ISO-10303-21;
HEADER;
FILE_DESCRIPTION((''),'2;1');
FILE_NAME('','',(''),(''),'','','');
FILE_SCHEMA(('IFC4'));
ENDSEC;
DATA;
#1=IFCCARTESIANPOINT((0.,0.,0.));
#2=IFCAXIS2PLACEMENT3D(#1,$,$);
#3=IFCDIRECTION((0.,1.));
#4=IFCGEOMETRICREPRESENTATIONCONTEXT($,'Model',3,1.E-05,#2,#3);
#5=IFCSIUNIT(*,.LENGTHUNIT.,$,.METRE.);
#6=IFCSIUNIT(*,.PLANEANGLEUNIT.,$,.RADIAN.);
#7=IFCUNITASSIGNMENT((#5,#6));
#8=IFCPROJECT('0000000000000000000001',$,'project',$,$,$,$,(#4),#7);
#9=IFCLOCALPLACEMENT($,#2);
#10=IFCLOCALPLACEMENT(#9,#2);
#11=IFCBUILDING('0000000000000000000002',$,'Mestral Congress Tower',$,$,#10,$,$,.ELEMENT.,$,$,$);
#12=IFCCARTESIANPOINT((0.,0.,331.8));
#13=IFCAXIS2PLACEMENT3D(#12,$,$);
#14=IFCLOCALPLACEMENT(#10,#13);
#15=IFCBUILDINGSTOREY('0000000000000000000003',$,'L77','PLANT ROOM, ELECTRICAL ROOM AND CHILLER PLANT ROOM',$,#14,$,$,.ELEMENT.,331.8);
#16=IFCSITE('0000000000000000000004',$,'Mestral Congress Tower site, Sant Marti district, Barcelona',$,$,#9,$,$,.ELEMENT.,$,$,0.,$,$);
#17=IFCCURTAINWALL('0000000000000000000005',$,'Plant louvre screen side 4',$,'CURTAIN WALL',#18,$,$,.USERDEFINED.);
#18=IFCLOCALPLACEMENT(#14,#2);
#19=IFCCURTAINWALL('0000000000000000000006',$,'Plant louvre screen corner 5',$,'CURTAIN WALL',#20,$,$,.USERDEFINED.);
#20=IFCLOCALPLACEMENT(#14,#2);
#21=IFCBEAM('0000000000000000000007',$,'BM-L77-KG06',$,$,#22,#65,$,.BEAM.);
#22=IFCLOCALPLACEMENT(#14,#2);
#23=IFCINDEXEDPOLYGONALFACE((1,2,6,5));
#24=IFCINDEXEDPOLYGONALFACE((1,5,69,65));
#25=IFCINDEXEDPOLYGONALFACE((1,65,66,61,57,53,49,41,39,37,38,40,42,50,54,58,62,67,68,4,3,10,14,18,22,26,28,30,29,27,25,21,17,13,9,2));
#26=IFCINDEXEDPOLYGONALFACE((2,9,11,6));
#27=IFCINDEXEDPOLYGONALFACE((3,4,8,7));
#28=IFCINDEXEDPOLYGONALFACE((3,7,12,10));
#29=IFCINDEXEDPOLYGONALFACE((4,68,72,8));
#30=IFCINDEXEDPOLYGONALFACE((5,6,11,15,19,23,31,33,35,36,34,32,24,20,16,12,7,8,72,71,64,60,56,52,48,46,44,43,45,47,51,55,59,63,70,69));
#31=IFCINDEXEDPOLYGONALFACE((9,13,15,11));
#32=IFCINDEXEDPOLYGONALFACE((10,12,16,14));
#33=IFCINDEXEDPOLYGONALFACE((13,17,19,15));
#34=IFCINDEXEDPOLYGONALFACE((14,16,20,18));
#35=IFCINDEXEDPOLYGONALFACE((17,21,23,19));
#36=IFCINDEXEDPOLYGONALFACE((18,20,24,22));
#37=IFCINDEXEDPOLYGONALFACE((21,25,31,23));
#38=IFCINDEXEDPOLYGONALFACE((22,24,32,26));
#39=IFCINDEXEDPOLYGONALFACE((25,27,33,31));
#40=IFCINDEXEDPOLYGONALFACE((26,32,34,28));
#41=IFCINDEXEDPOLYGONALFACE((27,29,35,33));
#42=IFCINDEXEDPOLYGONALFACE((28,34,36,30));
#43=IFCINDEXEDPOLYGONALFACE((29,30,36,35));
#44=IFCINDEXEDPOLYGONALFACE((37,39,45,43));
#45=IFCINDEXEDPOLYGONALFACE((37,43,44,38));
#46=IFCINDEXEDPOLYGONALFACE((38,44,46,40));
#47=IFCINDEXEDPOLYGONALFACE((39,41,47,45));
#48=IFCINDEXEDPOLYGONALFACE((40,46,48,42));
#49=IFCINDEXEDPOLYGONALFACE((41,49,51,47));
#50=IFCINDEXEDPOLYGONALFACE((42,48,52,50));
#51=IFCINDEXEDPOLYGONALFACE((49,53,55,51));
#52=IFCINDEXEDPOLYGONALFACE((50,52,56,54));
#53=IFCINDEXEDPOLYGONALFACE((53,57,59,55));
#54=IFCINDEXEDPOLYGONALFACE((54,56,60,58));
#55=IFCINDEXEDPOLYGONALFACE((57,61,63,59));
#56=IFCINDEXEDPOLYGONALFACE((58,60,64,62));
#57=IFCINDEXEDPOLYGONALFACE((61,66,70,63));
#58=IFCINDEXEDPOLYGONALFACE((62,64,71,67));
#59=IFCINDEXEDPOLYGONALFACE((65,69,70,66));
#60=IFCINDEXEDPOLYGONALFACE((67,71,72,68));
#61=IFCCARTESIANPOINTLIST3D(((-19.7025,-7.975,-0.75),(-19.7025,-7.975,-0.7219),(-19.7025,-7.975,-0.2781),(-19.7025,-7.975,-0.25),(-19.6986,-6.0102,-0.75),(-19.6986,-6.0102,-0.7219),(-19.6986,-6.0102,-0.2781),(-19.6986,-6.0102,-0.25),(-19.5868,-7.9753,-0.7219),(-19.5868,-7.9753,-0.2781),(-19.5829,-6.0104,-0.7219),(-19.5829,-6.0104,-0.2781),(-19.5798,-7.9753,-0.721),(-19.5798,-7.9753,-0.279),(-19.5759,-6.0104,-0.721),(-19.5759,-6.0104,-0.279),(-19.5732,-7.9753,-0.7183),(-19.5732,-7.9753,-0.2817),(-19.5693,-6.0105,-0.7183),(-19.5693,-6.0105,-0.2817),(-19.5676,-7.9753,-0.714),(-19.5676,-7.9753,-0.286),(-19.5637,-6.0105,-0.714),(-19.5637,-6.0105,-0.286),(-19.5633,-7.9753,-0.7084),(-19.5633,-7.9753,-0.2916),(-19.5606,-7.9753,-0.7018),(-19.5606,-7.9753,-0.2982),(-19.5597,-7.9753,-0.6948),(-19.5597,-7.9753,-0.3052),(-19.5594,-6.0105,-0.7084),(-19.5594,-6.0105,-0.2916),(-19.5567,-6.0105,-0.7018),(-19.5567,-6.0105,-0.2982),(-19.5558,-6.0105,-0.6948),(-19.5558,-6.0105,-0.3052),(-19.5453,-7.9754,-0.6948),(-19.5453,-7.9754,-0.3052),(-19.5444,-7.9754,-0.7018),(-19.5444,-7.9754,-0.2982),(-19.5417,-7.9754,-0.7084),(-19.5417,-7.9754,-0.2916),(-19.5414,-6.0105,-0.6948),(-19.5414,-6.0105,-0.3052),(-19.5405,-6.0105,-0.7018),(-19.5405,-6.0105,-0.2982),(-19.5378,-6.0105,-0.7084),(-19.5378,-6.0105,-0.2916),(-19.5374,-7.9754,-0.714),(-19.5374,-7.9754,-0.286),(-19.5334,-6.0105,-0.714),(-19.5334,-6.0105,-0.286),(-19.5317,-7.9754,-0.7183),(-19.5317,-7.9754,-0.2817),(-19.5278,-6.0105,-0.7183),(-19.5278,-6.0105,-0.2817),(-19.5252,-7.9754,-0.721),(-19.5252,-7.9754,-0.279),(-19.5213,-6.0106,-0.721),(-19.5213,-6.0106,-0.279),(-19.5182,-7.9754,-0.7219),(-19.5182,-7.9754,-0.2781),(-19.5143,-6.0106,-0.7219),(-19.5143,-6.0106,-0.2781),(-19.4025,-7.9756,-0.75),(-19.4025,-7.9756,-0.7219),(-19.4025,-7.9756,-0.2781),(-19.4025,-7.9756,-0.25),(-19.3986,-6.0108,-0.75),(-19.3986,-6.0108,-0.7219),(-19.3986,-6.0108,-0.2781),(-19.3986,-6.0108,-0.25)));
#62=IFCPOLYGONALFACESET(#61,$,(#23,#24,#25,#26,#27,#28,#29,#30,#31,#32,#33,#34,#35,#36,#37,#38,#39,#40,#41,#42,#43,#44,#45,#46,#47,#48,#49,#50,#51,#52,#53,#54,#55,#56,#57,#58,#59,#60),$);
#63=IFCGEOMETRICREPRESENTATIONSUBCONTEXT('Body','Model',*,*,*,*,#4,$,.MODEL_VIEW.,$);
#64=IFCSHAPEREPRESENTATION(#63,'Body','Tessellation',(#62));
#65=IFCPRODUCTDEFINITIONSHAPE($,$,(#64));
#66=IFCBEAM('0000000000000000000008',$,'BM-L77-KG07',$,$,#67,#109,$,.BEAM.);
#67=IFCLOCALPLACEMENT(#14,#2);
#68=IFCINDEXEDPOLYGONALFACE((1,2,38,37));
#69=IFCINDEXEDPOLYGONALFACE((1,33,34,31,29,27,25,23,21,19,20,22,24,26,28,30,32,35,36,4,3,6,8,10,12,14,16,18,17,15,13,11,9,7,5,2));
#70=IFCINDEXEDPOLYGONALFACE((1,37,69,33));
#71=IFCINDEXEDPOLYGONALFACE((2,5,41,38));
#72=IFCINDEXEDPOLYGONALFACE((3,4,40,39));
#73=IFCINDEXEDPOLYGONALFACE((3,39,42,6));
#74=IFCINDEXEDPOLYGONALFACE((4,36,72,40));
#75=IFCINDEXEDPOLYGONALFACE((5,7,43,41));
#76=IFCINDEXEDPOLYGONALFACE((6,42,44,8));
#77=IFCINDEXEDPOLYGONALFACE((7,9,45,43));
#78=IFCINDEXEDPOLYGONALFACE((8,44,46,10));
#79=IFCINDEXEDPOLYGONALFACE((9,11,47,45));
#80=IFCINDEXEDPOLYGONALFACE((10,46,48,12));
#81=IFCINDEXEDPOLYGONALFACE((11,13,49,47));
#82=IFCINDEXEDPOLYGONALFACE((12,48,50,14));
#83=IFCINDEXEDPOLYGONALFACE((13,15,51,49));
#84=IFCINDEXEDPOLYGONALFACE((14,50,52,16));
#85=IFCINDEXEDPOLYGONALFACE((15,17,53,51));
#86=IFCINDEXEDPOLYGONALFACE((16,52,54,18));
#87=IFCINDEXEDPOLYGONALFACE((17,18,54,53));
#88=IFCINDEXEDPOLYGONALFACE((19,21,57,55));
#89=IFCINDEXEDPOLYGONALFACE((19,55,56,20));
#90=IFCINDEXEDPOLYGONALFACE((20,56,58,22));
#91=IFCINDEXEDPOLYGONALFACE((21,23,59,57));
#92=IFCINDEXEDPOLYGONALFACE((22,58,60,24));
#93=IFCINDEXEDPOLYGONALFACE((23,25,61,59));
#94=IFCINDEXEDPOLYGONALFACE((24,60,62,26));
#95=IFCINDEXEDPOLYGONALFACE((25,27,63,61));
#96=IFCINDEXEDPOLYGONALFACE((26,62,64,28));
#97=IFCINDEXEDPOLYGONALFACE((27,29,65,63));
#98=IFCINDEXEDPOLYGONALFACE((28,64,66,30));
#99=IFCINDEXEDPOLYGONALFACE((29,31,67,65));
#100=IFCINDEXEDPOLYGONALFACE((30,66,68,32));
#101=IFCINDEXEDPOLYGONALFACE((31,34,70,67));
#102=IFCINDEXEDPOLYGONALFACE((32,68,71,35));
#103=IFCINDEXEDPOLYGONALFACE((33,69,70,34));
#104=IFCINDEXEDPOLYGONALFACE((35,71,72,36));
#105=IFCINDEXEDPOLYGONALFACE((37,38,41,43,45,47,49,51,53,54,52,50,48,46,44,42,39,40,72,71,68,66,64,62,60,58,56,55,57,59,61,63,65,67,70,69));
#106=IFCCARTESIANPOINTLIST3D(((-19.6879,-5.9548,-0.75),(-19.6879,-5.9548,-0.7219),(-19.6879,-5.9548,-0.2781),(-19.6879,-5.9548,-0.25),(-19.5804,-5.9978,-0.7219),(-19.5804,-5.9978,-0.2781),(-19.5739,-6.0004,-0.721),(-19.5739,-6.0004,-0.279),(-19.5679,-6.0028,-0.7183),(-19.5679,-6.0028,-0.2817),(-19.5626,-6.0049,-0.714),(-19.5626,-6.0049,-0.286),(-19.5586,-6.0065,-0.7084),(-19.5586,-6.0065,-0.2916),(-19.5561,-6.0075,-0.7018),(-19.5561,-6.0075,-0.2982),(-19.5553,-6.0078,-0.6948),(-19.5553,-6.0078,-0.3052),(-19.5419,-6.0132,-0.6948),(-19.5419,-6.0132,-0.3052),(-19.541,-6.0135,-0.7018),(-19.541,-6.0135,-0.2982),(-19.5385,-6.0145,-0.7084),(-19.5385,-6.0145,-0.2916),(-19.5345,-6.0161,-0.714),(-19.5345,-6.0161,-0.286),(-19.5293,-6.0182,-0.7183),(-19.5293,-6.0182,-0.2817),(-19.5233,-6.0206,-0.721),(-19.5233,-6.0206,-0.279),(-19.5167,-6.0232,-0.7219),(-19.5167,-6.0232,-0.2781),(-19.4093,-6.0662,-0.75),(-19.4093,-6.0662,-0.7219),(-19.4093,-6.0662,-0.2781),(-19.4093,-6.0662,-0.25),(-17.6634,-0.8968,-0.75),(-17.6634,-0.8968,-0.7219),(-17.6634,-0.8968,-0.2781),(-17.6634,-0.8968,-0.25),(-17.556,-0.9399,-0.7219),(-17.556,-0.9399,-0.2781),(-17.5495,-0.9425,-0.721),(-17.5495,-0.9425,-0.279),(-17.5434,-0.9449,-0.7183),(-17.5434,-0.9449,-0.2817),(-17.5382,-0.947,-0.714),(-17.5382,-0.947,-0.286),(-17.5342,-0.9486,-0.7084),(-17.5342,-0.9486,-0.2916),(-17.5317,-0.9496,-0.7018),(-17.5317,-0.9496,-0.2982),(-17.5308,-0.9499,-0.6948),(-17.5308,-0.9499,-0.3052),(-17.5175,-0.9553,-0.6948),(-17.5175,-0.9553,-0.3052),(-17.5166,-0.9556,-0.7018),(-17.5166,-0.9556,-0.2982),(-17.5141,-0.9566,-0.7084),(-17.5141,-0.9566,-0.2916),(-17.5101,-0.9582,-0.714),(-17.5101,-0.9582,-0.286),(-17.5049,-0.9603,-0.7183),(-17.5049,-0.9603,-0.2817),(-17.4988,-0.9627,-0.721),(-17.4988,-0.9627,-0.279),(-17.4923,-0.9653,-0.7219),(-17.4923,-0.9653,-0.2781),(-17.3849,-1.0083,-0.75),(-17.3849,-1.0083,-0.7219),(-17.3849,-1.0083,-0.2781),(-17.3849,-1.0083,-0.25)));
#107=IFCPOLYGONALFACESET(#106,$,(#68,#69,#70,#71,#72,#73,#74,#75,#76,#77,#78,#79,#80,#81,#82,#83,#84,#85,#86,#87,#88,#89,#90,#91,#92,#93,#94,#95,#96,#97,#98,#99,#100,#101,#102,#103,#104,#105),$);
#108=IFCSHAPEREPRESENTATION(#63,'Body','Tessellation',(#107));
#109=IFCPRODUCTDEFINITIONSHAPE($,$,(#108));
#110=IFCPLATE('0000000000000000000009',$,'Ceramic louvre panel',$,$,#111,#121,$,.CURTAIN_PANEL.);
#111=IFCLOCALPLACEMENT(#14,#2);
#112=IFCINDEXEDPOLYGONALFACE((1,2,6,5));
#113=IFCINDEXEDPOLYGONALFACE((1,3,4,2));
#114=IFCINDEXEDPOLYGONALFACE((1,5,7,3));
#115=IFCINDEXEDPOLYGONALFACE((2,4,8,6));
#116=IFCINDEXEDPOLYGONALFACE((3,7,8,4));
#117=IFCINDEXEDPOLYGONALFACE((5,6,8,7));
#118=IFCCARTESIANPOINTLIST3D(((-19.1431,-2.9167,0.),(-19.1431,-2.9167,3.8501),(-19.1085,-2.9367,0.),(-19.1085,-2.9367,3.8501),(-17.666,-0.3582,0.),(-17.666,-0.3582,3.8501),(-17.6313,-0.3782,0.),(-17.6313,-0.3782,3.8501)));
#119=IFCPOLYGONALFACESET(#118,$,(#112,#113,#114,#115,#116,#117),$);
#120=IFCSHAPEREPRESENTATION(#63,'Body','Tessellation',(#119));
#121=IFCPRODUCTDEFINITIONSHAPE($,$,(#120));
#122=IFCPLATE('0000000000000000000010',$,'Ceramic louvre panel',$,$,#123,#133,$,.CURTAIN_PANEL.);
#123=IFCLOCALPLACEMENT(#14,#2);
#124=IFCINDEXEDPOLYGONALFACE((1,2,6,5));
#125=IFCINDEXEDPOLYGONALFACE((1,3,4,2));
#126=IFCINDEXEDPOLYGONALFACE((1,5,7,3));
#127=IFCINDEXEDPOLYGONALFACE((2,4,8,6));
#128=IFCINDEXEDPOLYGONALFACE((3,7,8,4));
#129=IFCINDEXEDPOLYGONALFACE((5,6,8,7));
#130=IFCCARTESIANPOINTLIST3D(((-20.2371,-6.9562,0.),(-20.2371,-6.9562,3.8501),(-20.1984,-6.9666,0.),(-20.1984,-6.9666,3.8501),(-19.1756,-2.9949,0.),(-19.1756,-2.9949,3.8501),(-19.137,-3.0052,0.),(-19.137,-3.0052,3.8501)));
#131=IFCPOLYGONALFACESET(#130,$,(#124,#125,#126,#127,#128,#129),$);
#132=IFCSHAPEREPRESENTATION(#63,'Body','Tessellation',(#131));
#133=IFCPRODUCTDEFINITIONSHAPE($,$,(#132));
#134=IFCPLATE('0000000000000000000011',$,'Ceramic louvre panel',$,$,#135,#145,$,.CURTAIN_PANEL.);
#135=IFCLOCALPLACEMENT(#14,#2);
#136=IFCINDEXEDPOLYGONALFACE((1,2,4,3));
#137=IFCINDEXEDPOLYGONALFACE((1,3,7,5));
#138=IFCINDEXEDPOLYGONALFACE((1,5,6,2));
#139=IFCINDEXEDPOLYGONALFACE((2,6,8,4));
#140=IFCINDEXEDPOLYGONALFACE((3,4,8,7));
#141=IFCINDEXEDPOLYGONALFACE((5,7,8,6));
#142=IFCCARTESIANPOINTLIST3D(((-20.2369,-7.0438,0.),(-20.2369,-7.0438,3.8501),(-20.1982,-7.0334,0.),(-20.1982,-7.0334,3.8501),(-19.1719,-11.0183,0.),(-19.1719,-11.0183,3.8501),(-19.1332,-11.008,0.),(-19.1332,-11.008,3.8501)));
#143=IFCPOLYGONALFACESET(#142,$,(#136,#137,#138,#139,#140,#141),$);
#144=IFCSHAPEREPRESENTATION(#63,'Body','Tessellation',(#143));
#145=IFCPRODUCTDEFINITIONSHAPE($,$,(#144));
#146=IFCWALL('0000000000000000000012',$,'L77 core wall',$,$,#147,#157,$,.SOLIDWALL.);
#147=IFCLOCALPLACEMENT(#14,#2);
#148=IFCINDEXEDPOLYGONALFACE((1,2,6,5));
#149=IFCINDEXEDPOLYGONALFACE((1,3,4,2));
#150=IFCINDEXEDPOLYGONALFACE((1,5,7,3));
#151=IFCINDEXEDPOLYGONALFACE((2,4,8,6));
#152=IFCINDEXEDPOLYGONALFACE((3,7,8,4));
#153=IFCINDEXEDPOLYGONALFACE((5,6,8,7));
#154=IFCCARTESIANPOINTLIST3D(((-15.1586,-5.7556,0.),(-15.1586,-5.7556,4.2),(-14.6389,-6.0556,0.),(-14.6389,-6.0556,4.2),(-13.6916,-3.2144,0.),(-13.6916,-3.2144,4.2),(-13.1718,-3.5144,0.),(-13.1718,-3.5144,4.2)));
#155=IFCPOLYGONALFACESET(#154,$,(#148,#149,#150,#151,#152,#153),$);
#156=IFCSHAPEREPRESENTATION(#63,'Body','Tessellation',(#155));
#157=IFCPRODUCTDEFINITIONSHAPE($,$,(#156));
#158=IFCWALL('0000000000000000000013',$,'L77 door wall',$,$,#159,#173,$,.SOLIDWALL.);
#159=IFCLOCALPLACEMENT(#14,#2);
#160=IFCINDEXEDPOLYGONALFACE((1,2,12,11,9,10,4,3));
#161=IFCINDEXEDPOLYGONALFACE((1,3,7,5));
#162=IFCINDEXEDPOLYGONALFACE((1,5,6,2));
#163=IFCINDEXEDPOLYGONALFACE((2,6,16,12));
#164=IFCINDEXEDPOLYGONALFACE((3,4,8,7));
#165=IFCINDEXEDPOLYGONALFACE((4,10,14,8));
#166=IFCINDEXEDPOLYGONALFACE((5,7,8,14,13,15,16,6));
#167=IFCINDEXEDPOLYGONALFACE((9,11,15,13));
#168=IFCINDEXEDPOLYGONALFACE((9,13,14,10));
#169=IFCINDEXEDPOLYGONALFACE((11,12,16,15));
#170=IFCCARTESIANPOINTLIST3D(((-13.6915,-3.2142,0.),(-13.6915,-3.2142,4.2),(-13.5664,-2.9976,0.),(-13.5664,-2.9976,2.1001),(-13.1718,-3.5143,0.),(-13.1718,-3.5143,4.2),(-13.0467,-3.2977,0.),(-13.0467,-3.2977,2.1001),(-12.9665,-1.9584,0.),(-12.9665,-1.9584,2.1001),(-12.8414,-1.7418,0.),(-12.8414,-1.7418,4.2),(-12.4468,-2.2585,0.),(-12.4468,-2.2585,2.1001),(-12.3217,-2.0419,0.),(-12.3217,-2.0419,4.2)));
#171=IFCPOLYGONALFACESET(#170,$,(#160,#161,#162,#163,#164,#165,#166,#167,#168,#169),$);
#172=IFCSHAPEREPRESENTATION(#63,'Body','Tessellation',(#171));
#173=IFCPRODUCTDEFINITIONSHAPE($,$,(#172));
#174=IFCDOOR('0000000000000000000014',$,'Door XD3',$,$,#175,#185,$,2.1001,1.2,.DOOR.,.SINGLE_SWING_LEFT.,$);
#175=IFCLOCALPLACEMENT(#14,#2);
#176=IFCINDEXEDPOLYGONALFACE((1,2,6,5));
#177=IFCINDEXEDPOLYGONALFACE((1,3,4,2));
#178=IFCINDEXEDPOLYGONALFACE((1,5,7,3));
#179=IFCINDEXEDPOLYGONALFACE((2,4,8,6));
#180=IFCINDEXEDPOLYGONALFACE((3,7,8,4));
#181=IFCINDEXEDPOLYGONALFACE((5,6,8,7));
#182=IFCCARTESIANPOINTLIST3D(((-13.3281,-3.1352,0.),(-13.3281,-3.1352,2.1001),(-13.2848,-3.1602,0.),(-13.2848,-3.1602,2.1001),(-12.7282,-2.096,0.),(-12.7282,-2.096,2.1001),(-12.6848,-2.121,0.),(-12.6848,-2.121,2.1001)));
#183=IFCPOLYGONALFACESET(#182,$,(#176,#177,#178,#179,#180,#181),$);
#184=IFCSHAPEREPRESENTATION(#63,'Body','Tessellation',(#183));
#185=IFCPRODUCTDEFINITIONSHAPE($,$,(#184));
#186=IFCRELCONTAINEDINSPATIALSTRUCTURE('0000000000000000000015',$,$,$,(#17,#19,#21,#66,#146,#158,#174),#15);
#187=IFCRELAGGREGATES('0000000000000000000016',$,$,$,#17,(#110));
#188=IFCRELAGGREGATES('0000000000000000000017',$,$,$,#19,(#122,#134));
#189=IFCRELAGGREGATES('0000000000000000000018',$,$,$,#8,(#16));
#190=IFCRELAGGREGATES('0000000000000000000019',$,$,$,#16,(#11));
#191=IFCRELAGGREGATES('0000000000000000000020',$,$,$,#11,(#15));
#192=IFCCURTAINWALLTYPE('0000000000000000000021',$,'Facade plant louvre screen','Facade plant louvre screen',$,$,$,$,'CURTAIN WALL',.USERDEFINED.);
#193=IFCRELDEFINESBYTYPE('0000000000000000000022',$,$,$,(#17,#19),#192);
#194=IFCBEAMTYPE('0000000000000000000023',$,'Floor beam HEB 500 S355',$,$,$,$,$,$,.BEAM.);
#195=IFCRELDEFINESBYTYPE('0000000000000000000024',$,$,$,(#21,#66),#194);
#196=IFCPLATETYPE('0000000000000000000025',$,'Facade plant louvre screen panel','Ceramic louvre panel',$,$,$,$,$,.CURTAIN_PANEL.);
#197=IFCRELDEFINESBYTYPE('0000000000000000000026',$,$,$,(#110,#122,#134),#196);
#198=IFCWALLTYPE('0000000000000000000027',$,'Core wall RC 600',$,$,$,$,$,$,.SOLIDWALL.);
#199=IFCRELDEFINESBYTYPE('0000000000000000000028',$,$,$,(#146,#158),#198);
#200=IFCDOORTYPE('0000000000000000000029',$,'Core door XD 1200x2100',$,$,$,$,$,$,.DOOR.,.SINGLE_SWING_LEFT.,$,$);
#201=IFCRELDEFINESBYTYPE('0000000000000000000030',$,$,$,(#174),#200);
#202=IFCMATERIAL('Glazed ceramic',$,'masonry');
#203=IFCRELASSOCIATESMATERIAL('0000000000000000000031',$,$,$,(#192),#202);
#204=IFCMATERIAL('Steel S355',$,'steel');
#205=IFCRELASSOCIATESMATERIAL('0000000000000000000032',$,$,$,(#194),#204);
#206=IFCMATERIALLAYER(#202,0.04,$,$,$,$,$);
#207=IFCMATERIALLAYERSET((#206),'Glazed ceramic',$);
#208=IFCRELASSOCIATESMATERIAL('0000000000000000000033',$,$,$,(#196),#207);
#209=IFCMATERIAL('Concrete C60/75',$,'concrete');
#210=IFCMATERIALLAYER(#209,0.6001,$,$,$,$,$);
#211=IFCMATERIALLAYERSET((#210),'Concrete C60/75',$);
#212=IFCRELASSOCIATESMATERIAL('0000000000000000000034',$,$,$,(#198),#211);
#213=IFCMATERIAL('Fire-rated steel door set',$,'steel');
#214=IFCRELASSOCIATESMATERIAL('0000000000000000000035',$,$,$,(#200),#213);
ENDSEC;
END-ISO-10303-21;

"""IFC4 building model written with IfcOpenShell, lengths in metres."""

from ifc_helpers import new_model, si_unit, direction, frame, frame_2d, origin, origin_2d, place, context, subcontext, project, spatial, rectangle, i_section, extrude, material, layer, layer_set, material_profile, profile_set, type_object, element, fill, aggregate, save


model = new_model("IFC4")

# Units and contexts
model_context = context("Model", 3, precision=1e-05, world=origin(), true_north=direction((0.0, 1.0)))
body_context = subcontext(model_context, "Body", "Model", "MODEL_VIEW")
ifc_project = project(units=[si_unit("LENGTHUNIT", "METRE"), si_unit("PLANEANGLEUNIT", "RADIAN")], contexts=[model_context])

# Site, building, storey
site_placement = place(None, origin())
site = spatial("IfcSite", under=ifc_project, at=site_placement, Name="Mestral Congress Tower site, Sant Marti district, Barcelona", CompositionType="ELEMENT", RefElevation=0.0)
building_placement = place(site_placement, origin())
building = spatial("IfcBuilding", under=site, at=building_placement, Name="Mestral Congress Tower", CompositionType="ELEMENT")
storey_placement = place(building_placement, frame((0.0, 0.0, 331.8)))
storey = spatial("IfcBuildingStorey", under=building, at=storey_placement, Name="L77", Description="PLANT ROOM, ELECTRICAL ROOM AND CHILLER PLANT ROOM", CompositionType="ELEMENT", Elevation=331.8)

# Shared definitions
ifc_material_1 = material(Name="Steel S355", Category="steel")

# Curtain wall
ifc_material_2 = material(Name="Glazed ceramic", Category="masonry")
curtain_wall_type = type_object("IfcCurtainWallType", Name="Facade plant louvre screen", Description="Facade plant louvre screen", ElementType="CURTAIN WALL", PredefinedType="USERDEFINED", material=ifc_material_2)
placement = place(storey_placement, origin())
curtain_wall_1 = element("IfcCurtainWall", 1, at=placement, inside=storey, type_object=curtain_wall_type, Name="Plant louvre screen side 4", ObjectType="CURTAIN WALL", PredefinedType="USERDEFINED")

# Curtain wall
curtain_wall_2 = element("IfcCurtainWall", 2, at=placement, inside=storey, type_object=curtain_wall_type, Name="Plant louvre screen corner 5", ObjectType="CURTAIN WALL", PredefinedType="USERDEFINED")

# Beams
ifc_material_profile_1 = material_profile(ifc_material_1, i_section(OverallWidth=0.3, OverallDepth=0.5, WebThickness=0.0144, FlangeThickness=0.0281, FilletRadius=0.0271, at=origin_2d()), Name="HEB 500")
ifc_profile_set_1 = profile_set([ifc_material_profile_1], Name="Steel S355")
beam_type_1 = type_object("IfcBeamType", Name="Floor beam HEB 500 S355", PredefinedType="BEAM", material=ifc_profile_set_1)
beam_1_placement = place(storey_placement, frame((-19.5525, -7.9753, -0.5), z_axis=(0.001988, 0.999998, 0.0), x_axis=(-0.999998, 0.001988, 0.0)))
element("IfcBeam", 3, at=beam_1_placement, inside=storey, type_object=beam_type_1, Name="BM-L77-KG06", PredefinedType="BEAM", context=body_context, shape_type="SweptSolid", body=[
    extrude(i_section(OverallWidth=0.3, OverallDepth=0.5, WebThickness=0.0144, FlangeThickness=0.0281, FilletRadius=0.0271, at=origin_2d()), origin(), (0.0, 0.0, 1.0), 1.9648),
])
beam_2_placement = place(storey_placement, frame((-19.5486, -6.0105, -0.5), z_axis=(0.371592, 0.928396, 0.0), x_axis=(-0.928396, 0.371592, 0.0)))
element("IfcBeam", 4, at=beam_2_placement, inside=storey, type_object=beam_type_1, Name="BM-L77-KG07", PredefinedType="BEAM", context=body_context, shape_type="SweptSolid", body=[
    extrude(i_section(OverallWidth=0.3, OverallDepth=0.5, WebThickness=0.0144, FlangeThickness=0.0281, FilletRadius=0.0271, at=origin_2d()), origin(), (0.0, 0.0, 1.0), 5.448),
])

# Plates
ifc_layer_1 = layer(ifc_material_2, 0.04)
ifc_layer_set_1 = layer_set([ifc_layer_1], Name="Glazed ceramic")
plate_type = type_object("IfcPlateType", Name="Facade plant louvre screen panel", Description="Ceramic louvre panel", PredefinedType="CURTAIN_PANEL", material=ifc_layer_set_1)
plate_1_placement = place(storey_placement, frame((-18.3872, -1.6475, 0.0), z_axis=(0.0, 0.0, 1.0), x_axis=(-0.500002, -0.866025, 0.0)))
plate_1 = element("IfcPlate", 5, at=plate_1_placement, type_object=plate_type, Name="Ceramic louvre panel", PredefinedType="CURTAIN_PANEL", context=body_context, shape_type="SweptSolid", body=[
    extrude(rectangle(XDim=2.9543, YDim=0.04, at=origin_2d()), origin(), (0.0, 0.0, 1.0), 3.8501),
])
aggregate(curtain_wall_1, [plate_1])
plate_2_placement = place(storey_placement, frame((-19.687, -4.9807, 0.0), z_axis=(0.0, 0.0, 1.0), x_axis=(-0.258819, -0.965926, 0.0)))
plate_2 = element("IfcPlate", 6, at=plate_2_placement, type_object=plate_type, Name="Ceramic louvre panel", PredefinedType="CURTAIN_PANEL", context=body_context, shape_type="SweptSolid", body=[
    extrude(rectangle(XDim=4.1011, YDim=0.04, at=origin_2d()), origin(), (0.0, 0.0, 1.0), 3.8501),
])
plate_3_placement = place(storey_placement, frame((-19.6851, -9.0259, 0.0), z_axis=(0.0, 0.0, 1.0), x_axis=(0.258819, -0.965926, 0.0)))
plate_3 = element("IfcPlate", 7, at=plate_3_placement, type_object=plate_type, Name="Ceramic louvre panel", PredefinedType="CURTAIN_PANEL", context=body_context, shape_type="SweptSolid", body=[
    extrude(rectangle(XDim=4.1147, YDim=0.04, at=origin_2d()), origin(), (0.0, 0.0, 1.0), 3.8501),
])
aggregate(curtain_wall_2, [plate_2, plate_3])

# Wall
ifc_material_3 = material(Name="Concrete C60/75", Category="concrete")
ifc_layer_2 = layer(ifc_material_3, 0.6001)
ifc_layer_set_2 = layer_set([ifc_layer_2], Name="Concrete C60/75")
wall_type_1 = type_object("IfcWallType", Name="Core wall RC 600", PredefinedType="SOLIDWALL", material=ifc_layer_set_2)
wall_1_placement = place(storey_placement, frame((-13.4316, -3.3643, 0.0), z_axis=(0.0, 0.0, 1.0), x_axis=(-0.49996, -0.866048, 0.0)))
element("IfcWall", 8, at=wall_1_placement, inside=storey, type_object=wall_type_1, Name="L77 core wall", PredefinedType="SOLIDWALL", context=body_context, shape_type="SweptSolid", body=[
    extrude(rectangle(XDim=2.9343, YDim=0.6001, at=frame_2d((1.4673, 0.0))), origin(), (0.0, 0.0, 1.0), 4.2),
])

# Wall, opening, door
wall_2_placement = place(storey_placement, frame((-13.4316, -3.3643, 0.0), z_axis=(0.0, 0.0, 1.0), x_axis=(0.5, 0.866025, 0.0)))
wall_2 = element("IfcWall", 9, at=wall_2_placement, inside=storey, type_object=wall_type_1, Name="L77 door wall", PredefinedType="SOLIDWALL", context=body_context, shape_type="SweptSolid", body=[
    extrude(rectangle(XDim=1.7002, YDim=0.6001, at=frame_2d((0.8501, 0.0))), origin(), (0.0, 0.0, 1.0), 4.2),
])
opening_placement = place(wall_2_placement, frame((0.25, 0.0, 0.0)))
opening = element("IfcOpeningElement", 10, at=opening_placement, cuts=wall_2, PredefinedType="OPENING", context=body_context, shape_type="SweptSolid", body=[
    extrude(rectangle(XDim=1.2, YDim=2.1001, at=frame_2d((0.6001, 1.05))), frame((0.0, 0.3101, 0.0), z_axis=(0.0, -1.0, 0.0), x_axis=(1.0, 0.0, 0.0)), (0.0, 0.0, 1.0), 0.6201),
])
ifc_material_4 = material(Name="Fire-rated steel door set", Category="steel")
door_type = type_object("IfcDoorType", Name="Core door XD 1200x2100", OperationType="SINGLE_SWING_LEFT", PredefinedType="DOOR", material=ifc_material_4)
door_placement = place(opening_placement, origin())
door = element("IfcDoor", 11, at=door_placement, inside=storey, type_object=door_type, Name="Door XD3", OperationType="SINGLE_SWING_LEFT", OverallHeight=2.1001, OverallWidth=1.2, PredefinedType="DOOR", context=body_context, shape_type="SweptSolid", body=[
    extrude(rectangle(XDim=1.2, YDim=2.1001, at=frame_2d((0.6001, 1.05))), frame((0.0, 0.0249, 0.0), z_axis=(0.0, -1.0, 0.0), x_axis=(1.0, 0.0, 0.0)), (0.0, 0.0, 1.0), 0.05),
])
fill(opening, door)

save(model, "model.ifc")
